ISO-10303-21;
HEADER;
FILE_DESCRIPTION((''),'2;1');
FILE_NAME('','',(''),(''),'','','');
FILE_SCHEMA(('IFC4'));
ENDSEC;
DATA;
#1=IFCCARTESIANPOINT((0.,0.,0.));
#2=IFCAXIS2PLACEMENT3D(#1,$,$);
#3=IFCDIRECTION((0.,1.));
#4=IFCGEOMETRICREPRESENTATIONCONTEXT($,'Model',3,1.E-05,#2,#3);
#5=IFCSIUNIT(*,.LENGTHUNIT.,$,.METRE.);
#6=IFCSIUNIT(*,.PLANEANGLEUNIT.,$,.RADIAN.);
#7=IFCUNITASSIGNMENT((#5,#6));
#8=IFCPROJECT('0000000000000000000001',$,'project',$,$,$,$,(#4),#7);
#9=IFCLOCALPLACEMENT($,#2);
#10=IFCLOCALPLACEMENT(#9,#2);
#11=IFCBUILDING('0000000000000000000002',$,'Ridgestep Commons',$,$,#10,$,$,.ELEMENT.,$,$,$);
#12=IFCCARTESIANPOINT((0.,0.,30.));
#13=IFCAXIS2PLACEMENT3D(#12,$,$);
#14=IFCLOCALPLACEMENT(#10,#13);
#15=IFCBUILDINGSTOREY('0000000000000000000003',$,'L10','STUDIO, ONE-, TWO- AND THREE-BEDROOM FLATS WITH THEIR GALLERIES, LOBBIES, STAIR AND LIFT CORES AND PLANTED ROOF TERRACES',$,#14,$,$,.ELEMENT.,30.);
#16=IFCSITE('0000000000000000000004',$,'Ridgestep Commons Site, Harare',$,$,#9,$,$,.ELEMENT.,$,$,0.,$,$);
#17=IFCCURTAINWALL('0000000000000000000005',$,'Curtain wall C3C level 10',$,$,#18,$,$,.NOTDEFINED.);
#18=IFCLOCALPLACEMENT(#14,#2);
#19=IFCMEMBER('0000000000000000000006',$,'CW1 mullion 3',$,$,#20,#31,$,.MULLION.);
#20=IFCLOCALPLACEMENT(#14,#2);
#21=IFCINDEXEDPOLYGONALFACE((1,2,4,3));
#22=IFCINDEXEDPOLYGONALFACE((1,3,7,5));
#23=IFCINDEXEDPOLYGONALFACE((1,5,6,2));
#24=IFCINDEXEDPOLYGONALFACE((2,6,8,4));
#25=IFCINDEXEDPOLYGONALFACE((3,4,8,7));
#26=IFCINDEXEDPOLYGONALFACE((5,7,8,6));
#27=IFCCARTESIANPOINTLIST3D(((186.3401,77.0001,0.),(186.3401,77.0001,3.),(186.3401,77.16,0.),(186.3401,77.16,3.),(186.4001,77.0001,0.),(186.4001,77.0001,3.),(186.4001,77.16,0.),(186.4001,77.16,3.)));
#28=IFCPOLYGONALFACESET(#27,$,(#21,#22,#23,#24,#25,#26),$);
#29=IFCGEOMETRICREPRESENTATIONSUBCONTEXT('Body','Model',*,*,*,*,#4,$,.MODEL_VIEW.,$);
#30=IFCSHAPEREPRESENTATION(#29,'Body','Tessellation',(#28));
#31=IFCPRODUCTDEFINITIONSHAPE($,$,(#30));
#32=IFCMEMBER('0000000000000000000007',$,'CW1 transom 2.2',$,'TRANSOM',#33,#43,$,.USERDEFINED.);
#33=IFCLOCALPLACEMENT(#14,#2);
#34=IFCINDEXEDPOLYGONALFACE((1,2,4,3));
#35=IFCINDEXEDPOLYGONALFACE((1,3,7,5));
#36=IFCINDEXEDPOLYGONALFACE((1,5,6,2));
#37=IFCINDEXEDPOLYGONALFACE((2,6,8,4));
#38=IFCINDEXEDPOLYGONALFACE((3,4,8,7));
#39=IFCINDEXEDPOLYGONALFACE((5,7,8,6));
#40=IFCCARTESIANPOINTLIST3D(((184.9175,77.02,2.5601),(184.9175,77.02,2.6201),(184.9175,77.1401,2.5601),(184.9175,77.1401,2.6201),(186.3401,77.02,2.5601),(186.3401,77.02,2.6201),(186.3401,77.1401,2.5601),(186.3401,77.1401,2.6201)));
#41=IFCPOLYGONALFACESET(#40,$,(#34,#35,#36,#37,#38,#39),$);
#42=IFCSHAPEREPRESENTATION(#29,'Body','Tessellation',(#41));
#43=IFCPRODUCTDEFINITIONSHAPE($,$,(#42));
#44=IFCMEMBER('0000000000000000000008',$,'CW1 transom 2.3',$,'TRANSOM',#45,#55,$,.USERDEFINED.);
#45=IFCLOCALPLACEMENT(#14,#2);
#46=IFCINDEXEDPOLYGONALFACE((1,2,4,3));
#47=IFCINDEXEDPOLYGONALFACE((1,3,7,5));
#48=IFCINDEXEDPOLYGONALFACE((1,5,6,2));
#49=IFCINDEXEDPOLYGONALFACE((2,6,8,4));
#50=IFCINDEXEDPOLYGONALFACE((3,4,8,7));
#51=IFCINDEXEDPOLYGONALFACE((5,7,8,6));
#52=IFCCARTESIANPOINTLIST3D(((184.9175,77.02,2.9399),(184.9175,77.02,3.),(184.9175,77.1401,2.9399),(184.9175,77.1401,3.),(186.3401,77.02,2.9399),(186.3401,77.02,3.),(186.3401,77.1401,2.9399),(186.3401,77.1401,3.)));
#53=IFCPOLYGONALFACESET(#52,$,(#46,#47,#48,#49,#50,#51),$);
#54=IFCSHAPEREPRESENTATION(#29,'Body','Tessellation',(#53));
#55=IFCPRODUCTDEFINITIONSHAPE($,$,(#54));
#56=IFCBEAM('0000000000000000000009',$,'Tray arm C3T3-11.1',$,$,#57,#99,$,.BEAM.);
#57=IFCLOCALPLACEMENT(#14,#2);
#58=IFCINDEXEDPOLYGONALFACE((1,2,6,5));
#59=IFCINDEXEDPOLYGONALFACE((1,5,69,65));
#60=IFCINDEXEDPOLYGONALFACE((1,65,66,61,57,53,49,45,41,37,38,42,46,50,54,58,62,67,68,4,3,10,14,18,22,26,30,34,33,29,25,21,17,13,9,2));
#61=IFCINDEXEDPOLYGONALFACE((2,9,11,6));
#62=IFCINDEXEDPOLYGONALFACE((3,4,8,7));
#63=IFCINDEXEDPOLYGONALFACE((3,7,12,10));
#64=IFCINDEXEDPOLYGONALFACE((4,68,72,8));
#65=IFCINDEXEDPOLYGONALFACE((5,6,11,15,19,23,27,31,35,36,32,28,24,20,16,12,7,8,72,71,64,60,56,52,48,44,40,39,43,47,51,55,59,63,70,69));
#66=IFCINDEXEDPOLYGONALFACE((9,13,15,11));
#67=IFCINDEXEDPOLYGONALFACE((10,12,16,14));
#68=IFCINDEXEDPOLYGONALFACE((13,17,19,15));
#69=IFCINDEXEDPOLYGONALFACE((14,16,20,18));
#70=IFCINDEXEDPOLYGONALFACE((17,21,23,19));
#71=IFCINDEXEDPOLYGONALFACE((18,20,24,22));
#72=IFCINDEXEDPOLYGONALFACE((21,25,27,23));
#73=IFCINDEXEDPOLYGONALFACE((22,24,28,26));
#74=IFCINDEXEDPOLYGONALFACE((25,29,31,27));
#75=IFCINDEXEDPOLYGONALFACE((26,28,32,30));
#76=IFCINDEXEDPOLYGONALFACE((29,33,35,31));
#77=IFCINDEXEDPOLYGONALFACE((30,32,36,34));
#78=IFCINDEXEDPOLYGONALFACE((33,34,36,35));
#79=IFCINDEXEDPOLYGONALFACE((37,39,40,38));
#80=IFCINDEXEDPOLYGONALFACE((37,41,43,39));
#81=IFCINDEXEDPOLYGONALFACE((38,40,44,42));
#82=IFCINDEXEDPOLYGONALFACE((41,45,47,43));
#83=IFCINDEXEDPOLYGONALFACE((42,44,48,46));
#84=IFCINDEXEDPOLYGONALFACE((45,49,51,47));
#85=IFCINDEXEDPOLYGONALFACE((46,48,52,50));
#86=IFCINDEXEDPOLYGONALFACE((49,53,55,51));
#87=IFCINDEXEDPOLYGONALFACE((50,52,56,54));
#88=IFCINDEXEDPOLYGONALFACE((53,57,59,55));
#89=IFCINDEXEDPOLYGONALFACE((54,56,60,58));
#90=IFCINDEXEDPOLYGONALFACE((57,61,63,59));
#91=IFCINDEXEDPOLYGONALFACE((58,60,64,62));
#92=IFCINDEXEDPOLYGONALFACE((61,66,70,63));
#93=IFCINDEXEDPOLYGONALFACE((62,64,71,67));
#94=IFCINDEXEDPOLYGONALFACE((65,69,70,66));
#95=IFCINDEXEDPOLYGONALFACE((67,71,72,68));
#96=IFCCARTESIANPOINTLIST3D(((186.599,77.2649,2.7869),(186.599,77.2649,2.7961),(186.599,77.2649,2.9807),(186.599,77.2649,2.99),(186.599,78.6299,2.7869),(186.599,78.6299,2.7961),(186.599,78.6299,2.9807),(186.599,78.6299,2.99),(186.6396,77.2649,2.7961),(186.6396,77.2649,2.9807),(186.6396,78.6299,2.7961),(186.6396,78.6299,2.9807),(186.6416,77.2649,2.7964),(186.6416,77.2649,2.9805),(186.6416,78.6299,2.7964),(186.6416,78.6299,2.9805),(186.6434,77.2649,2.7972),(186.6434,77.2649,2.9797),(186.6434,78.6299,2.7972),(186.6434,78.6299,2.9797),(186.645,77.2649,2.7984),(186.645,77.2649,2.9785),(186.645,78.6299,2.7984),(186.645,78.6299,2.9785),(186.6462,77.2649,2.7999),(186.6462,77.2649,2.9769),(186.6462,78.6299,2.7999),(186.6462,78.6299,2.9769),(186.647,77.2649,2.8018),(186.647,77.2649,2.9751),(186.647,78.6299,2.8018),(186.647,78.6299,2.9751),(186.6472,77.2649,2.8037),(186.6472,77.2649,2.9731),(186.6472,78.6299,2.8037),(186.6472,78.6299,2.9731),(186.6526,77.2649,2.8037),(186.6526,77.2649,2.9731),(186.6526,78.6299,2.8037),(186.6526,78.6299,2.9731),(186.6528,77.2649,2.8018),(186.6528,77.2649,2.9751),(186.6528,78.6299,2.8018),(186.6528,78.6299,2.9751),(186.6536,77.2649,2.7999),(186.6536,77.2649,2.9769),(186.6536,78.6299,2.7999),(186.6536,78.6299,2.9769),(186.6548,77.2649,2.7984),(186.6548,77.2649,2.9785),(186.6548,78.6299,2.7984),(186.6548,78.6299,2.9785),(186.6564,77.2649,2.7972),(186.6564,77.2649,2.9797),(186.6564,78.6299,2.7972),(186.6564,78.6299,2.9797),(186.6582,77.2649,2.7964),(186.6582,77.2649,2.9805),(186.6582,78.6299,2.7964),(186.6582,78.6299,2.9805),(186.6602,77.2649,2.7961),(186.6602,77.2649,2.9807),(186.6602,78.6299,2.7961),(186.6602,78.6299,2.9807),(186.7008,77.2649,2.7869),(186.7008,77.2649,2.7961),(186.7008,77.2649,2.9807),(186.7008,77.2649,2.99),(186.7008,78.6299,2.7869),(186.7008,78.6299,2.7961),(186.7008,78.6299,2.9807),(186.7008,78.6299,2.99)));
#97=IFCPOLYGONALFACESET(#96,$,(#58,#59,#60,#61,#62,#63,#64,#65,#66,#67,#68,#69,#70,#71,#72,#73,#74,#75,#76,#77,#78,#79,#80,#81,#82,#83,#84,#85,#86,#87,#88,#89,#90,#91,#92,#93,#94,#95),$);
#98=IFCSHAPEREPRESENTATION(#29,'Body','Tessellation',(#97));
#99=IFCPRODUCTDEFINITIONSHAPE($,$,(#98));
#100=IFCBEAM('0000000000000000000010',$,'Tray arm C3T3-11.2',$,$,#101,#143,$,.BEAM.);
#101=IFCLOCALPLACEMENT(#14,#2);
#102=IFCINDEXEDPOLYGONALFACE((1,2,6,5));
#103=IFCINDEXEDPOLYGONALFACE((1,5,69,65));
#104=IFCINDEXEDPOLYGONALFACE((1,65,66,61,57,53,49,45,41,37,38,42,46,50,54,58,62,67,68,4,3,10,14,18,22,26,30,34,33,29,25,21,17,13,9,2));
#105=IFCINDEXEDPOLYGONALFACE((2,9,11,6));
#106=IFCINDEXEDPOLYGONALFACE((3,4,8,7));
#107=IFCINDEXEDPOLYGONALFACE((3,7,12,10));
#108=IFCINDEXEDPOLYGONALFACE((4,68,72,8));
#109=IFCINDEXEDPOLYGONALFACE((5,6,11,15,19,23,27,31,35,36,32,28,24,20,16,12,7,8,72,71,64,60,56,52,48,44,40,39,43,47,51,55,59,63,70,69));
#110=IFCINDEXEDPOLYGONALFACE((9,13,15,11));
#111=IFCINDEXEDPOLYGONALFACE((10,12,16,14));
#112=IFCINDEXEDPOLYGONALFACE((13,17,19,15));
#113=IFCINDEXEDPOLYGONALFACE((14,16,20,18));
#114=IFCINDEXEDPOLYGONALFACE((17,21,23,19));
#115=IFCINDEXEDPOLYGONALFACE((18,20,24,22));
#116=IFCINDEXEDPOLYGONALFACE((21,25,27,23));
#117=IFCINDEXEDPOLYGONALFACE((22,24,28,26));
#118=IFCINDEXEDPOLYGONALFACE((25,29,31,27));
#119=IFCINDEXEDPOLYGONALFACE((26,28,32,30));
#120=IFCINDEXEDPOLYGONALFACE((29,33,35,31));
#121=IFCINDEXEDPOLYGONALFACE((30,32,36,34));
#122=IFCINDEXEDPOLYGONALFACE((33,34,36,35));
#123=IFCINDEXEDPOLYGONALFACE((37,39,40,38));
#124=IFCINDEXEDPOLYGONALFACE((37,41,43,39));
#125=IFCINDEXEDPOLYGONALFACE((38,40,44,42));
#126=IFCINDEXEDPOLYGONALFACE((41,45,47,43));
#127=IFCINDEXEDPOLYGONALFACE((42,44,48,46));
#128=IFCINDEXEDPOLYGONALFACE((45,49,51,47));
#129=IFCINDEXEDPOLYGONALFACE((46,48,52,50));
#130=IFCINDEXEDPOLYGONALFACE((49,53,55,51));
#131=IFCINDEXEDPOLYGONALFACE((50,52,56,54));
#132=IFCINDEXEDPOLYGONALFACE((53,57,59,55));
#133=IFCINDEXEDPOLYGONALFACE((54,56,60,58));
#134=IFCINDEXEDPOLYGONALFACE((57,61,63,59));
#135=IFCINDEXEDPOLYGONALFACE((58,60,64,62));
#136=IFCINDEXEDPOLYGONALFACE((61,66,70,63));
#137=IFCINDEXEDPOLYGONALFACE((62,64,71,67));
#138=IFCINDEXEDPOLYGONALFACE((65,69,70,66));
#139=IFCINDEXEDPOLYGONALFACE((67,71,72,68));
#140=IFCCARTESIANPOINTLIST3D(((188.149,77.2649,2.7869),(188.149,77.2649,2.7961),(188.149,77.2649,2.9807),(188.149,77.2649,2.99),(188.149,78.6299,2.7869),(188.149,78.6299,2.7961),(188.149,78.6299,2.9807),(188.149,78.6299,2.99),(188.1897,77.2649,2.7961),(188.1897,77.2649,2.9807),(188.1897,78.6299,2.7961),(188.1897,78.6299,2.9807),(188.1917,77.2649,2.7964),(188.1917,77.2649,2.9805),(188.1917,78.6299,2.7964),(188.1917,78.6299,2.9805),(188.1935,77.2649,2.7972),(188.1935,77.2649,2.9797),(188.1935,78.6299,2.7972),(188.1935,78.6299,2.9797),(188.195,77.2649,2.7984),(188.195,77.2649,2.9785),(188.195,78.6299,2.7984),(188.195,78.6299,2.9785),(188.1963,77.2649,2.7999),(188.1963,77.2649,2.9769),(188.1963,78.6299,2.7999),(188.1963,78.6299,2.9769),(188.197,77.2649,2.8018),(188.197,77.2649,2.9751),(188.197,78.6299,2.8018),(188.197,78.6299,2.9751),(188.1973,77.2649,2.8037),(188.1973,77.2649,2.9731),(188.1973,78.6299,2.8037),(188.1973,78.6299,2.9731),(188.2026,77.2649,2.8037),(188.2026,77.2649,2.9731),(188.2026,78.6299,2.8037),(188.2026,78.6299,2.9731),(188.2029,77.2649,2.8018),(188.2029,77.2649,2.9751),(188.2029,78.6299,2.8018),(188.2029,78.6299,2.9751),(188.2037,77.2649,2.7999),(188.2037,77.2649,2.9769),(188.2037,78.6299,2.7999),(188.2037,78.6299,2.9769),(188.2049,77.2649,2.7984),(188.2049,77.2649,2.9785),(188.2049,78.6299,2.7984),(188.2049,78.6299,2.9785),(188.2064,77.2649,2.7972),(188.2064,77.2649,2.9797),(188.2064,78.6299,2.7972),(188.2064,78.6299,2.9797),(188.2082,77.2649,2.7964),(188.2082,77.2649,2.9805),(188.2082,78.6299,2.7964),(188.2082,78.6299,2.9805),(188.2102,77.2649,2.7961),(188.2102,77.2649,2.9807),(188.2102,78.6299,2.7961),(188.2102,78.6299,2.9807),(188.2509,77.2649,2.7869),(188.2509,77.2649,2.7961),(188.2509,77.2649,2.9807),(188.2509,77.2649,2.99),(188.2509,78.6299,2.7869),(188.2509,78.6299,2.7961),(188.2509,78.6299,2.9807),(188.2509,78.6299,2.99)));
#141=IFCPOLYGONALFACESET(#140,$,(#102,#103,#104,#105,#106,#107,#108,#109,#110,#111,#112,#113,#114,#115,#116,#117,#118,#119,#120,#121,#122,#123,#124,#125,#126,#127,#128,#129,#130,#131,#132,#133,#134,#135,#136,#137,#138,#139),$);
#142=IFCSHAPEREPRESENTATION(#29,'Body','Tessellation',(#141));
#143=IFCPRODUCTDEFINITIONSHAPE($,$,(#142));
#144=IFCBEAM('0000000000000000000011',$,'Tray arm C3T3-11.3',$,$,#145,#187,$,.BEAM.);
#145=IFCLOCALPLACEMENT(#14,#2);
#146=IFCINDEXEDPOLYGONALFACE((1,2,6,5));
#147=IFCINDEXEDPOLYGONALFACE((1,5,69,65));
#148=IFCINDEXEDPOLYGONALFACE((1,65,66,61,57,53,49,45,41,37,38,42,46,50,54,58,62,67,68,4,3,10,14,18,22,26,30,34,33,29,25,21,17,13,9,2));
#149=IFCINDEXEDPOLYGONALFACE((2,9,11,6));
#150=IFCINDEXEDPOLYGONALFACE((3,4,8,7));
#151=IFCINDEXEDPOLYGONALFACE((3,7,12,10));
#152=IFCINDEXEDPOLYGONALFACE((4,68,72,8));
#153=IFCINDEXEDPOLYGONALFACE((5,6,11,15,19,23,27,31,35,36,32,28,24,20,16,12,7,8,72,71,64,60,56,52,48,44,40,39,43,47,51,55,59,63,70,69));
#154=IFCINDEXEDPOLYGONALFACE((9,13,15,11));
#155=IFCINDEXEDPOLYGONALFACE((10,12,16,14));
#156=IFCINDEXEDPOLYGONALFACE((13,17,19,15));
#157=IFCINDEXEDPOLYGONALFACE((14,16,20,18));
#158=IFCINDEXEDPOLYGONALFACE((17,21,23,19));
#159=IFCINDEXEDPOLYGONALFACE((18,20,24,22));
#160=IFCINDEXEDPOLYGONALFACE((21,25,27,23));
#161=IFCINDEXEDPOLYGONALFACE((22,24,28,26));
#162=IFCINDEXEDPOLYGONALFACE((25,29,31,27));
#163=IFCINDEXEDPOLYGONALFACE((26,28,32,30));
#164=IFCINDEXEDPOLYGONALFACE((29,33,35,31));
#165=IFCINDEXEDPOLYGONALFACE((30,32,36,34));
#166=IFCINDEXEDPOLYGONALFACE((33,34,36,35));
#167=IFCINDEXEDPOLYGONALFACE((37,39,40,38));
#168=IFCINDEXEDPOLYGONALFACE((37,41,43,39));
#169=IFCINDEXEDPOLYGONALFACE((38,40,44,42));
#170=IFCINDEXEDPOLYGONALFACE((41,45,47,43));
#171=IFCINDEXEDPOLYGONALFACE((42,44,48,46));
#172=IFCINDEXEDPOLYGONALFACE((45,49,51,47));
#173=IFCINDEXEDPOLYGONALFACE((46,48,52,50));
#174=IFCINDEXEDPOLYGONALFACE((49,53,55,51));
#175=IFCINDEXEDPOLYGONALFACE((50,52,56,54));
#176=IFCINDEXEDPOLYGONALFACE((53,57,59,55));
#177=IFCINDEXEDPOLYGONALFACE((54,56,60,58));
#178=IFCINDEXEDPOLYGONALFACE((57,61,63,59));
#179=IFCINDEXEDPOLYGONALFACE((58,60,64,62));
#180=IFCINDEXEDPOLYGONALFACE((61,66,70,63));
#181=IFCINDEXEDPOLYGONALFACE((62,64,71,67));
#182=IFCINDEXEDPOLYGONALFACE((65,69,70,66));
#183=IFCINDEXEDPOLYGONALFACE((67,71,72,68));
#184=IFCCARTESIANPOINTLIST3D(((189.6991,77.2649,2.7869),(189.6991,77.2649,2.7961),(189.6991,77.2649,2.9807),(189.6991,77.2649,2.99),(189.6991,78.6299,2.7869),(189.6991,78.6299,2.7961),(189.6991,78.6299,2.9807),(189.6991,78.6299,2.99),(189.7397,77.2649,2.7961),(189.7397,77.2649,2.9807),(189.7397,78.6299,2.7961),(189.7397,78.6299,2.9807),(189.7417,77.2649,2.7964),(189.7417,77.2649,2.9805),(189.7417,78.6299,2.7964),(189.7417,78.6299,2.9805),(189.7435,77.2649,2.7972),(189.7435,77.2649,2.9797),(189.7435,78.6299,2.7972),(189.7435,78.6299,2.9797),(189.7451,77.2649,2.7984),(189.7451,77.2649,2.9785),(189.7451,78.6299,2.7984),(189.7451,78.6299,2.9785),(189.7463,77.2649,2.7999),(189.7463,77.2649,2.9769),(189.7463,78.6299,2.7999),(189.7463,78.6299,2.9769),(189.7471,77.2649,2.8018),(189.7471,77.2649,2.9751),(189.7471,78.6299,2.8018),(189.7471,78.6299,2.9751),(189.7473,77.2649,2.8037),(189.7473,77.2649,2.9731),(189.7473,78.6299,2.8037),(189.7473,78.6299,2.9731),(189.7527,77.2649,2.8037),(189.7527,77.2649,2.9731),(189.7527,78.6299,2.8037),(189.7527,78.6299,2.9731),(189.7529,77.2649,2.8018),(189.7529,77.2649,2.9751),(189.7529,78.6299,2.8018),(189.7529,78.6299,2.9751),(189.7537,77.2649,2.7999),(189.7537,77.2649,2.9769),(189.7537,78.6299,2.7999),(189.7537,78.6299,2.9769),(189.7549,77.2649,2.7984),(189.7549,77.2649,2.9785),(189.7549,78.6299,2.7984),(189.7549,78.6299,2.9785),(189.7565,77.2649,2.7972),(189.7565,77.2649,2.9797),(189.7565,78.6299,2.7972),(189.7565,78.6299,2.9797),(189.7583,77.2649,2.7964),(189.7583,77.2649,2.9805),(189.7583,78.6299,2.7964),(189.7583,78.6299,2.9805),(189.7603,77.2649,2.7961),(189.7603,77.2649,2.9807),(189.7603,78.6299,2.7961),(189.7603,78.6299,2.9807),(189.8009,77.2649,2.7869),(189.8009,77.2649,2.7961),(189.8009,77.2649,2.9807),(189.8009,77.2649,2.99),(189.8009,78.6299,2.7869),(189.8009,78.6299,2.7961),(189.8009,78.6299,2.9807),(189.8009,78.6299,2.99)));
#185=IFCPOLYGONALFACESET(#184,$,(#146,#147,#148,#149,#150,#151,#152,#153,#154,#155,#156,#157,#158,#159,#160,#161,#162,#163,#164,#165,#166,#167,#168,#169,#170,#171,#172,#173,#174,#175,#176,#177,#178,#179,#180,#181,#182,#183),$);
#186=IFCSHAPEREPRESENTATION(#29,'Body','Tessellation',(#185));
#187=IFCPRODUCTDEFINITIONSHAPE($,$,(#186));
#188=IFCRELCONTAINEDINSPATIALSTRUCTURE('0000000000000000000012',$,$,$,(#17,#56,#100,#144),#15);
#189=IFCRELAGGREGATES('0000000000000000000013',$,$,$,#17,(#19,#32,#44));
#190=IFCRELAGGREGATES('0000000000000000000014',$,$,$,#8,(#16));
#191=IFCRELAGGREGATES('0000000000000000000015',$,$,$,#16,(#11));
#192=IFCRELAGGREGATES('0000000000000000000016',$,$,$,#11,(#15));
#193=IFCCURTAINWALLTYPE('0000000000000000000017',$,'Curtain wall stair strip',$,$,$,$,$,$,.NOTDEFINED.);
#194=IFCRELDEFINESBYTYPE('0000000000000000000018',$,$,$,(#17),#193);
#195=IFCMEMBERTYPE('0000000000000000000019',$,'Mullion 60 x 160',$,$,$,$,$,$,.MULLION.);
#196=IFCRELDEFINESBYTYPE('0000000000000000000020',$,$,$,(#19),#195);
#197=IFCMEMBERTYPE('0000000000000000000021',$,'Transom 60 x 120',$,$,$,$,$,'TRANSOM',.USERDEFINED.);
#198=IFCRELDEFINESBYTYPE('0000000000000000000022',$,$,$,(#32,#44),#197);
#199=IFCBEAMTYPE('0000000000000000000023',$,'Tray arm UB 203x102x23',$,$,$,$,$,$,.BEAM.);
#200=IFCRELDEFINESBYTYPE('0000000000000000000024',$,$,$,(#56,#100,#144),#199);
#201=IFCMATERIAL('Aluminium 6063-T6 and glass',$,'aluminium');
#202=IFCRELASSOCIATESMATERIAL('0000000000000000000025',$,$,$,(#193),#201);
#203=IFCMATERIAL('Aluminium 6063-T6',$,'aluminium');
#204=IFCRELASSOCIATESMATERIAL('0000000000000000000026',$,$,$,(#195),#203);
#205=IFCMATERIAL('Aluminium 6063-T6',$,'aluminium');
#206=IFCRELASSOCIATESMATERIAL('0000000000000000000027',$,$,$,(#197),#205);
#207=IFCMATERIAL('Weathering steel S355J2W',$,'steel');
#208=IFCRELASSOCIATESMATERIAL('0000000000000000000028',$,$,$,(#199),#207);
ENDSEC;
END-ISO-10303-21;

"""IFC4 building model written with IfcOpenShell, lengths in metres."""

from ifc_helpers import new_model, si_unit, direction, frame, origin, origin_2d, place, context, subcontext, project, spatial, rectangle, i_section, extrude, material, material_profile, profile_set, type_object, element, aggregate, save


model = new_model("IFC4")

# Units and contexts
model_context = context("Model", 3, precision=1e-05, world=origin(), true_north=direction((0.0, 1.0)))
body_context = subcontext(model_context, "Body", "Model", "MODEL_VIEW")
ifc_project = project(units=[si_unit("LENGTHUNIT", "METRE"), si_unit("PLANEANGLEUNIT", "RADIAN")], contexts=[model_context])

# Site, building, storey
site_placement = place(None, origin())
site = spatial("IfcSite", under=ifc_project, at=site_placement, Name="Ridgestep Commons Site, Harare", CompositionType="ELEMENT", RefElevation=0.0)
building_placement = place(site_placement, origin())
building = spatial("IfcBuilding", under=site, at=building_placement, Name="Ridgestep Commons", CompositionType="ELEMENT")
storey_placement = place(building_placement, frame((0.0, 0.0, 30.0)))
storey = spatial("IfcBuildingStorey", under=building, at=storey_placement, Name="L10", Description="STUDIO, ONE-, TWO- AND THREE-BEDROOM FLATS WITH THEIR GALLERIES, LOBBIES, STAIR AND LIFT CORES AND PLANTED ROOF TERRACES", CompositionType="ELEMENT", Elevation=30.0)

# Curtain wall, members
ifc_material_1 = material(Name="Aluminium 6063-T6 and glass", Category="aluminium")
curtain_wall_type = type_object("IfcCurtainWallType", Name="Curtain wall stair strip", PredefinedType="NOTDEFINED", material=ifc_material_1)
curtain_wall_placement = place(storey_placement, origin())
curtain_wall = element("IfcCurtainWall", 1, at=curtain_wall_placement, inside=storey, type_object=curtain_wall_type, Name="Curtain wall C3C level 10", PredefinedType="NOTDEFINED")
ifc_material_2 = material(Name="Aluminium 6063-T6", Category="aluminium")
ifc_material_profile_1 = material_profile(ifc_material_2, rectangle(XDim=0.1599, YDim=0.0601, at=origin_2d()), Name="Mullion 60 x 160")
ifc_profile_set_1 = profile_set([ifc_material_profile_1], Name="Aluminium 6063-T6")
member_type_1 = type_object("IfcMemberType", Name="Mullion 60 x 160", PredefinedType="MULLION", material=ifc_profile_set_1)
member_1_placement = place(storey_placement, frame((186.3701, 77.0801, 0.0), z_axis=(0.0, 0.0, 1.0), x_axis=(0.0, 1.0, 0.0)))
member_1 = element("IfcMember", 2, at=member_1_placement, type_object=member_type_1, Name="CW1 mullion 3", PredefinedType="MULLION", context=body_context, shape_type="SweptSolid", body=[
    extrude(rectangle(XDim=0.1599, YDim=0.0601, at=origin_2d()), origin(), (0.0, 0.0, 1.0), 3.0),
])
ifc_material_3 = material(Name="Aluminium 6063-T6", Category="aluminium")
ifc_material_profile_2 = material_profile(ifc_material_3, rectangle(XDim=0.1201, YDim=0.0601, at=origin_2d()), Name="Transom 60 x 120")
ifc_profile_set_2 = profile_set([ifc_material_profile_2], Name="Aluminium 6063-T6")
member_type_2 = type_object("IfcMemberType", Name="Transom 60 x 120", ElementType="TRANSOM", PredefinedType="USERDEFINED", material=ifc_profile_set_2)
member_2_placement = place(storey_placement, frame((184.9175, 77.0801, 2.5901), z_axis=(1.0, 0.0, 0.0), x_axis=(0.0, 1.0, 0.0)))
member_2 = element("IfcMember", 3, at=member_2_placement, type_object=member_type_2, Name="CW1 transom 2.2", ObjectType="TRANSOM", PredefinedType="USERDEFINED", context=body_context, shape_type="SweptSolid", body=[
    extrude(rectangle(XDim=0.1201, YDim=0.0601, at=origin_2d()), origin(), (0.0, 0.0, 1.0), 1.4226),
])
member_3_placement = place(storey_placement, frame((184.9175, 77.0801, 2.97), z_axis=(1.0, 0.0, 0.0), x_axis=(0.0, 1.0, 0.0)))
member_3 = element("IfcMember", 4, at=member_3_placement, type_object=member_type_2, Name="CW1 transom 2.3", ObjectType="TRANSOM", PredefinedType="USERDEFINED", context=body_context, shape_type="SweptSolid", body=[
    extrude(rectangle(XDim=0.1201, YDim=0.0601, at=origin_2d()), origin(), (0.0, 0.0, 1.0), 1.4226),
])

# Beams
ifc_material_4 = material(Name="Weathering steel S355J2W", Category="steel")
ifc_material_profile_3 = material_profile(ifc_material_4, i_section(OverallWidth=0.1018, OverallDepth=0.2031, WebThickness=0.0054, FlangeThickness=0.0093, FilletRadius=0.0076, at=origin_2d()), Name="UB 203x102x23")
ifc_profile_set_3 = profile_set([ifc_material_profile_3], Name="Weathering steel S355J2W")
beam_type_1 = type_object("IfcBeamType", Name="Tray arm UB 203x102x23", PredefinedType="BEAM", material=ifc_profile_set_3)
for number, where, z_axis, x_axis, name in (
    (5, (186.6499, 77.2649, 2.8884), (0.0, 1.0, 0.0), (-1.0, 0.0, 0.0), "Tray arm C3T3-11.1"),
    (6, (188.2, 77.2649, 2.8884), (0.0, 1.0, 0.0), (-1.0, 0.0, 0.0), "Tray arm C3T3-11.2"),
    (7, (189.75, 77.2649, 2.8884), (0.0, 1.0, 0.0), (-1.0, 0.0, 0.0), "Tray arm C3T3-11.3"),
):
    element("IfcBeam", number, at=place(storey_placement, frame(where, z_axis=z_axis, x_axis=x_axis)), inside=storey, type_object=beam_type_1, Name=name, PredefinedType="BEAM", context=body_context, shape_type="SweptSolid", body=[
        extrude(i_section(OverallWidth=0.1018, OverallDepth=0.2031, WebThickness=0.0054, FlangeThickness=0.0093, FilletRadius=0.0076, at=origin_2d()), origin(), (0.0, 0.0, 1.0), 1.365),
    ])

aggregate(curtain_wall, [member_1, member_2, member_3])

save(model, "model.ifc")
